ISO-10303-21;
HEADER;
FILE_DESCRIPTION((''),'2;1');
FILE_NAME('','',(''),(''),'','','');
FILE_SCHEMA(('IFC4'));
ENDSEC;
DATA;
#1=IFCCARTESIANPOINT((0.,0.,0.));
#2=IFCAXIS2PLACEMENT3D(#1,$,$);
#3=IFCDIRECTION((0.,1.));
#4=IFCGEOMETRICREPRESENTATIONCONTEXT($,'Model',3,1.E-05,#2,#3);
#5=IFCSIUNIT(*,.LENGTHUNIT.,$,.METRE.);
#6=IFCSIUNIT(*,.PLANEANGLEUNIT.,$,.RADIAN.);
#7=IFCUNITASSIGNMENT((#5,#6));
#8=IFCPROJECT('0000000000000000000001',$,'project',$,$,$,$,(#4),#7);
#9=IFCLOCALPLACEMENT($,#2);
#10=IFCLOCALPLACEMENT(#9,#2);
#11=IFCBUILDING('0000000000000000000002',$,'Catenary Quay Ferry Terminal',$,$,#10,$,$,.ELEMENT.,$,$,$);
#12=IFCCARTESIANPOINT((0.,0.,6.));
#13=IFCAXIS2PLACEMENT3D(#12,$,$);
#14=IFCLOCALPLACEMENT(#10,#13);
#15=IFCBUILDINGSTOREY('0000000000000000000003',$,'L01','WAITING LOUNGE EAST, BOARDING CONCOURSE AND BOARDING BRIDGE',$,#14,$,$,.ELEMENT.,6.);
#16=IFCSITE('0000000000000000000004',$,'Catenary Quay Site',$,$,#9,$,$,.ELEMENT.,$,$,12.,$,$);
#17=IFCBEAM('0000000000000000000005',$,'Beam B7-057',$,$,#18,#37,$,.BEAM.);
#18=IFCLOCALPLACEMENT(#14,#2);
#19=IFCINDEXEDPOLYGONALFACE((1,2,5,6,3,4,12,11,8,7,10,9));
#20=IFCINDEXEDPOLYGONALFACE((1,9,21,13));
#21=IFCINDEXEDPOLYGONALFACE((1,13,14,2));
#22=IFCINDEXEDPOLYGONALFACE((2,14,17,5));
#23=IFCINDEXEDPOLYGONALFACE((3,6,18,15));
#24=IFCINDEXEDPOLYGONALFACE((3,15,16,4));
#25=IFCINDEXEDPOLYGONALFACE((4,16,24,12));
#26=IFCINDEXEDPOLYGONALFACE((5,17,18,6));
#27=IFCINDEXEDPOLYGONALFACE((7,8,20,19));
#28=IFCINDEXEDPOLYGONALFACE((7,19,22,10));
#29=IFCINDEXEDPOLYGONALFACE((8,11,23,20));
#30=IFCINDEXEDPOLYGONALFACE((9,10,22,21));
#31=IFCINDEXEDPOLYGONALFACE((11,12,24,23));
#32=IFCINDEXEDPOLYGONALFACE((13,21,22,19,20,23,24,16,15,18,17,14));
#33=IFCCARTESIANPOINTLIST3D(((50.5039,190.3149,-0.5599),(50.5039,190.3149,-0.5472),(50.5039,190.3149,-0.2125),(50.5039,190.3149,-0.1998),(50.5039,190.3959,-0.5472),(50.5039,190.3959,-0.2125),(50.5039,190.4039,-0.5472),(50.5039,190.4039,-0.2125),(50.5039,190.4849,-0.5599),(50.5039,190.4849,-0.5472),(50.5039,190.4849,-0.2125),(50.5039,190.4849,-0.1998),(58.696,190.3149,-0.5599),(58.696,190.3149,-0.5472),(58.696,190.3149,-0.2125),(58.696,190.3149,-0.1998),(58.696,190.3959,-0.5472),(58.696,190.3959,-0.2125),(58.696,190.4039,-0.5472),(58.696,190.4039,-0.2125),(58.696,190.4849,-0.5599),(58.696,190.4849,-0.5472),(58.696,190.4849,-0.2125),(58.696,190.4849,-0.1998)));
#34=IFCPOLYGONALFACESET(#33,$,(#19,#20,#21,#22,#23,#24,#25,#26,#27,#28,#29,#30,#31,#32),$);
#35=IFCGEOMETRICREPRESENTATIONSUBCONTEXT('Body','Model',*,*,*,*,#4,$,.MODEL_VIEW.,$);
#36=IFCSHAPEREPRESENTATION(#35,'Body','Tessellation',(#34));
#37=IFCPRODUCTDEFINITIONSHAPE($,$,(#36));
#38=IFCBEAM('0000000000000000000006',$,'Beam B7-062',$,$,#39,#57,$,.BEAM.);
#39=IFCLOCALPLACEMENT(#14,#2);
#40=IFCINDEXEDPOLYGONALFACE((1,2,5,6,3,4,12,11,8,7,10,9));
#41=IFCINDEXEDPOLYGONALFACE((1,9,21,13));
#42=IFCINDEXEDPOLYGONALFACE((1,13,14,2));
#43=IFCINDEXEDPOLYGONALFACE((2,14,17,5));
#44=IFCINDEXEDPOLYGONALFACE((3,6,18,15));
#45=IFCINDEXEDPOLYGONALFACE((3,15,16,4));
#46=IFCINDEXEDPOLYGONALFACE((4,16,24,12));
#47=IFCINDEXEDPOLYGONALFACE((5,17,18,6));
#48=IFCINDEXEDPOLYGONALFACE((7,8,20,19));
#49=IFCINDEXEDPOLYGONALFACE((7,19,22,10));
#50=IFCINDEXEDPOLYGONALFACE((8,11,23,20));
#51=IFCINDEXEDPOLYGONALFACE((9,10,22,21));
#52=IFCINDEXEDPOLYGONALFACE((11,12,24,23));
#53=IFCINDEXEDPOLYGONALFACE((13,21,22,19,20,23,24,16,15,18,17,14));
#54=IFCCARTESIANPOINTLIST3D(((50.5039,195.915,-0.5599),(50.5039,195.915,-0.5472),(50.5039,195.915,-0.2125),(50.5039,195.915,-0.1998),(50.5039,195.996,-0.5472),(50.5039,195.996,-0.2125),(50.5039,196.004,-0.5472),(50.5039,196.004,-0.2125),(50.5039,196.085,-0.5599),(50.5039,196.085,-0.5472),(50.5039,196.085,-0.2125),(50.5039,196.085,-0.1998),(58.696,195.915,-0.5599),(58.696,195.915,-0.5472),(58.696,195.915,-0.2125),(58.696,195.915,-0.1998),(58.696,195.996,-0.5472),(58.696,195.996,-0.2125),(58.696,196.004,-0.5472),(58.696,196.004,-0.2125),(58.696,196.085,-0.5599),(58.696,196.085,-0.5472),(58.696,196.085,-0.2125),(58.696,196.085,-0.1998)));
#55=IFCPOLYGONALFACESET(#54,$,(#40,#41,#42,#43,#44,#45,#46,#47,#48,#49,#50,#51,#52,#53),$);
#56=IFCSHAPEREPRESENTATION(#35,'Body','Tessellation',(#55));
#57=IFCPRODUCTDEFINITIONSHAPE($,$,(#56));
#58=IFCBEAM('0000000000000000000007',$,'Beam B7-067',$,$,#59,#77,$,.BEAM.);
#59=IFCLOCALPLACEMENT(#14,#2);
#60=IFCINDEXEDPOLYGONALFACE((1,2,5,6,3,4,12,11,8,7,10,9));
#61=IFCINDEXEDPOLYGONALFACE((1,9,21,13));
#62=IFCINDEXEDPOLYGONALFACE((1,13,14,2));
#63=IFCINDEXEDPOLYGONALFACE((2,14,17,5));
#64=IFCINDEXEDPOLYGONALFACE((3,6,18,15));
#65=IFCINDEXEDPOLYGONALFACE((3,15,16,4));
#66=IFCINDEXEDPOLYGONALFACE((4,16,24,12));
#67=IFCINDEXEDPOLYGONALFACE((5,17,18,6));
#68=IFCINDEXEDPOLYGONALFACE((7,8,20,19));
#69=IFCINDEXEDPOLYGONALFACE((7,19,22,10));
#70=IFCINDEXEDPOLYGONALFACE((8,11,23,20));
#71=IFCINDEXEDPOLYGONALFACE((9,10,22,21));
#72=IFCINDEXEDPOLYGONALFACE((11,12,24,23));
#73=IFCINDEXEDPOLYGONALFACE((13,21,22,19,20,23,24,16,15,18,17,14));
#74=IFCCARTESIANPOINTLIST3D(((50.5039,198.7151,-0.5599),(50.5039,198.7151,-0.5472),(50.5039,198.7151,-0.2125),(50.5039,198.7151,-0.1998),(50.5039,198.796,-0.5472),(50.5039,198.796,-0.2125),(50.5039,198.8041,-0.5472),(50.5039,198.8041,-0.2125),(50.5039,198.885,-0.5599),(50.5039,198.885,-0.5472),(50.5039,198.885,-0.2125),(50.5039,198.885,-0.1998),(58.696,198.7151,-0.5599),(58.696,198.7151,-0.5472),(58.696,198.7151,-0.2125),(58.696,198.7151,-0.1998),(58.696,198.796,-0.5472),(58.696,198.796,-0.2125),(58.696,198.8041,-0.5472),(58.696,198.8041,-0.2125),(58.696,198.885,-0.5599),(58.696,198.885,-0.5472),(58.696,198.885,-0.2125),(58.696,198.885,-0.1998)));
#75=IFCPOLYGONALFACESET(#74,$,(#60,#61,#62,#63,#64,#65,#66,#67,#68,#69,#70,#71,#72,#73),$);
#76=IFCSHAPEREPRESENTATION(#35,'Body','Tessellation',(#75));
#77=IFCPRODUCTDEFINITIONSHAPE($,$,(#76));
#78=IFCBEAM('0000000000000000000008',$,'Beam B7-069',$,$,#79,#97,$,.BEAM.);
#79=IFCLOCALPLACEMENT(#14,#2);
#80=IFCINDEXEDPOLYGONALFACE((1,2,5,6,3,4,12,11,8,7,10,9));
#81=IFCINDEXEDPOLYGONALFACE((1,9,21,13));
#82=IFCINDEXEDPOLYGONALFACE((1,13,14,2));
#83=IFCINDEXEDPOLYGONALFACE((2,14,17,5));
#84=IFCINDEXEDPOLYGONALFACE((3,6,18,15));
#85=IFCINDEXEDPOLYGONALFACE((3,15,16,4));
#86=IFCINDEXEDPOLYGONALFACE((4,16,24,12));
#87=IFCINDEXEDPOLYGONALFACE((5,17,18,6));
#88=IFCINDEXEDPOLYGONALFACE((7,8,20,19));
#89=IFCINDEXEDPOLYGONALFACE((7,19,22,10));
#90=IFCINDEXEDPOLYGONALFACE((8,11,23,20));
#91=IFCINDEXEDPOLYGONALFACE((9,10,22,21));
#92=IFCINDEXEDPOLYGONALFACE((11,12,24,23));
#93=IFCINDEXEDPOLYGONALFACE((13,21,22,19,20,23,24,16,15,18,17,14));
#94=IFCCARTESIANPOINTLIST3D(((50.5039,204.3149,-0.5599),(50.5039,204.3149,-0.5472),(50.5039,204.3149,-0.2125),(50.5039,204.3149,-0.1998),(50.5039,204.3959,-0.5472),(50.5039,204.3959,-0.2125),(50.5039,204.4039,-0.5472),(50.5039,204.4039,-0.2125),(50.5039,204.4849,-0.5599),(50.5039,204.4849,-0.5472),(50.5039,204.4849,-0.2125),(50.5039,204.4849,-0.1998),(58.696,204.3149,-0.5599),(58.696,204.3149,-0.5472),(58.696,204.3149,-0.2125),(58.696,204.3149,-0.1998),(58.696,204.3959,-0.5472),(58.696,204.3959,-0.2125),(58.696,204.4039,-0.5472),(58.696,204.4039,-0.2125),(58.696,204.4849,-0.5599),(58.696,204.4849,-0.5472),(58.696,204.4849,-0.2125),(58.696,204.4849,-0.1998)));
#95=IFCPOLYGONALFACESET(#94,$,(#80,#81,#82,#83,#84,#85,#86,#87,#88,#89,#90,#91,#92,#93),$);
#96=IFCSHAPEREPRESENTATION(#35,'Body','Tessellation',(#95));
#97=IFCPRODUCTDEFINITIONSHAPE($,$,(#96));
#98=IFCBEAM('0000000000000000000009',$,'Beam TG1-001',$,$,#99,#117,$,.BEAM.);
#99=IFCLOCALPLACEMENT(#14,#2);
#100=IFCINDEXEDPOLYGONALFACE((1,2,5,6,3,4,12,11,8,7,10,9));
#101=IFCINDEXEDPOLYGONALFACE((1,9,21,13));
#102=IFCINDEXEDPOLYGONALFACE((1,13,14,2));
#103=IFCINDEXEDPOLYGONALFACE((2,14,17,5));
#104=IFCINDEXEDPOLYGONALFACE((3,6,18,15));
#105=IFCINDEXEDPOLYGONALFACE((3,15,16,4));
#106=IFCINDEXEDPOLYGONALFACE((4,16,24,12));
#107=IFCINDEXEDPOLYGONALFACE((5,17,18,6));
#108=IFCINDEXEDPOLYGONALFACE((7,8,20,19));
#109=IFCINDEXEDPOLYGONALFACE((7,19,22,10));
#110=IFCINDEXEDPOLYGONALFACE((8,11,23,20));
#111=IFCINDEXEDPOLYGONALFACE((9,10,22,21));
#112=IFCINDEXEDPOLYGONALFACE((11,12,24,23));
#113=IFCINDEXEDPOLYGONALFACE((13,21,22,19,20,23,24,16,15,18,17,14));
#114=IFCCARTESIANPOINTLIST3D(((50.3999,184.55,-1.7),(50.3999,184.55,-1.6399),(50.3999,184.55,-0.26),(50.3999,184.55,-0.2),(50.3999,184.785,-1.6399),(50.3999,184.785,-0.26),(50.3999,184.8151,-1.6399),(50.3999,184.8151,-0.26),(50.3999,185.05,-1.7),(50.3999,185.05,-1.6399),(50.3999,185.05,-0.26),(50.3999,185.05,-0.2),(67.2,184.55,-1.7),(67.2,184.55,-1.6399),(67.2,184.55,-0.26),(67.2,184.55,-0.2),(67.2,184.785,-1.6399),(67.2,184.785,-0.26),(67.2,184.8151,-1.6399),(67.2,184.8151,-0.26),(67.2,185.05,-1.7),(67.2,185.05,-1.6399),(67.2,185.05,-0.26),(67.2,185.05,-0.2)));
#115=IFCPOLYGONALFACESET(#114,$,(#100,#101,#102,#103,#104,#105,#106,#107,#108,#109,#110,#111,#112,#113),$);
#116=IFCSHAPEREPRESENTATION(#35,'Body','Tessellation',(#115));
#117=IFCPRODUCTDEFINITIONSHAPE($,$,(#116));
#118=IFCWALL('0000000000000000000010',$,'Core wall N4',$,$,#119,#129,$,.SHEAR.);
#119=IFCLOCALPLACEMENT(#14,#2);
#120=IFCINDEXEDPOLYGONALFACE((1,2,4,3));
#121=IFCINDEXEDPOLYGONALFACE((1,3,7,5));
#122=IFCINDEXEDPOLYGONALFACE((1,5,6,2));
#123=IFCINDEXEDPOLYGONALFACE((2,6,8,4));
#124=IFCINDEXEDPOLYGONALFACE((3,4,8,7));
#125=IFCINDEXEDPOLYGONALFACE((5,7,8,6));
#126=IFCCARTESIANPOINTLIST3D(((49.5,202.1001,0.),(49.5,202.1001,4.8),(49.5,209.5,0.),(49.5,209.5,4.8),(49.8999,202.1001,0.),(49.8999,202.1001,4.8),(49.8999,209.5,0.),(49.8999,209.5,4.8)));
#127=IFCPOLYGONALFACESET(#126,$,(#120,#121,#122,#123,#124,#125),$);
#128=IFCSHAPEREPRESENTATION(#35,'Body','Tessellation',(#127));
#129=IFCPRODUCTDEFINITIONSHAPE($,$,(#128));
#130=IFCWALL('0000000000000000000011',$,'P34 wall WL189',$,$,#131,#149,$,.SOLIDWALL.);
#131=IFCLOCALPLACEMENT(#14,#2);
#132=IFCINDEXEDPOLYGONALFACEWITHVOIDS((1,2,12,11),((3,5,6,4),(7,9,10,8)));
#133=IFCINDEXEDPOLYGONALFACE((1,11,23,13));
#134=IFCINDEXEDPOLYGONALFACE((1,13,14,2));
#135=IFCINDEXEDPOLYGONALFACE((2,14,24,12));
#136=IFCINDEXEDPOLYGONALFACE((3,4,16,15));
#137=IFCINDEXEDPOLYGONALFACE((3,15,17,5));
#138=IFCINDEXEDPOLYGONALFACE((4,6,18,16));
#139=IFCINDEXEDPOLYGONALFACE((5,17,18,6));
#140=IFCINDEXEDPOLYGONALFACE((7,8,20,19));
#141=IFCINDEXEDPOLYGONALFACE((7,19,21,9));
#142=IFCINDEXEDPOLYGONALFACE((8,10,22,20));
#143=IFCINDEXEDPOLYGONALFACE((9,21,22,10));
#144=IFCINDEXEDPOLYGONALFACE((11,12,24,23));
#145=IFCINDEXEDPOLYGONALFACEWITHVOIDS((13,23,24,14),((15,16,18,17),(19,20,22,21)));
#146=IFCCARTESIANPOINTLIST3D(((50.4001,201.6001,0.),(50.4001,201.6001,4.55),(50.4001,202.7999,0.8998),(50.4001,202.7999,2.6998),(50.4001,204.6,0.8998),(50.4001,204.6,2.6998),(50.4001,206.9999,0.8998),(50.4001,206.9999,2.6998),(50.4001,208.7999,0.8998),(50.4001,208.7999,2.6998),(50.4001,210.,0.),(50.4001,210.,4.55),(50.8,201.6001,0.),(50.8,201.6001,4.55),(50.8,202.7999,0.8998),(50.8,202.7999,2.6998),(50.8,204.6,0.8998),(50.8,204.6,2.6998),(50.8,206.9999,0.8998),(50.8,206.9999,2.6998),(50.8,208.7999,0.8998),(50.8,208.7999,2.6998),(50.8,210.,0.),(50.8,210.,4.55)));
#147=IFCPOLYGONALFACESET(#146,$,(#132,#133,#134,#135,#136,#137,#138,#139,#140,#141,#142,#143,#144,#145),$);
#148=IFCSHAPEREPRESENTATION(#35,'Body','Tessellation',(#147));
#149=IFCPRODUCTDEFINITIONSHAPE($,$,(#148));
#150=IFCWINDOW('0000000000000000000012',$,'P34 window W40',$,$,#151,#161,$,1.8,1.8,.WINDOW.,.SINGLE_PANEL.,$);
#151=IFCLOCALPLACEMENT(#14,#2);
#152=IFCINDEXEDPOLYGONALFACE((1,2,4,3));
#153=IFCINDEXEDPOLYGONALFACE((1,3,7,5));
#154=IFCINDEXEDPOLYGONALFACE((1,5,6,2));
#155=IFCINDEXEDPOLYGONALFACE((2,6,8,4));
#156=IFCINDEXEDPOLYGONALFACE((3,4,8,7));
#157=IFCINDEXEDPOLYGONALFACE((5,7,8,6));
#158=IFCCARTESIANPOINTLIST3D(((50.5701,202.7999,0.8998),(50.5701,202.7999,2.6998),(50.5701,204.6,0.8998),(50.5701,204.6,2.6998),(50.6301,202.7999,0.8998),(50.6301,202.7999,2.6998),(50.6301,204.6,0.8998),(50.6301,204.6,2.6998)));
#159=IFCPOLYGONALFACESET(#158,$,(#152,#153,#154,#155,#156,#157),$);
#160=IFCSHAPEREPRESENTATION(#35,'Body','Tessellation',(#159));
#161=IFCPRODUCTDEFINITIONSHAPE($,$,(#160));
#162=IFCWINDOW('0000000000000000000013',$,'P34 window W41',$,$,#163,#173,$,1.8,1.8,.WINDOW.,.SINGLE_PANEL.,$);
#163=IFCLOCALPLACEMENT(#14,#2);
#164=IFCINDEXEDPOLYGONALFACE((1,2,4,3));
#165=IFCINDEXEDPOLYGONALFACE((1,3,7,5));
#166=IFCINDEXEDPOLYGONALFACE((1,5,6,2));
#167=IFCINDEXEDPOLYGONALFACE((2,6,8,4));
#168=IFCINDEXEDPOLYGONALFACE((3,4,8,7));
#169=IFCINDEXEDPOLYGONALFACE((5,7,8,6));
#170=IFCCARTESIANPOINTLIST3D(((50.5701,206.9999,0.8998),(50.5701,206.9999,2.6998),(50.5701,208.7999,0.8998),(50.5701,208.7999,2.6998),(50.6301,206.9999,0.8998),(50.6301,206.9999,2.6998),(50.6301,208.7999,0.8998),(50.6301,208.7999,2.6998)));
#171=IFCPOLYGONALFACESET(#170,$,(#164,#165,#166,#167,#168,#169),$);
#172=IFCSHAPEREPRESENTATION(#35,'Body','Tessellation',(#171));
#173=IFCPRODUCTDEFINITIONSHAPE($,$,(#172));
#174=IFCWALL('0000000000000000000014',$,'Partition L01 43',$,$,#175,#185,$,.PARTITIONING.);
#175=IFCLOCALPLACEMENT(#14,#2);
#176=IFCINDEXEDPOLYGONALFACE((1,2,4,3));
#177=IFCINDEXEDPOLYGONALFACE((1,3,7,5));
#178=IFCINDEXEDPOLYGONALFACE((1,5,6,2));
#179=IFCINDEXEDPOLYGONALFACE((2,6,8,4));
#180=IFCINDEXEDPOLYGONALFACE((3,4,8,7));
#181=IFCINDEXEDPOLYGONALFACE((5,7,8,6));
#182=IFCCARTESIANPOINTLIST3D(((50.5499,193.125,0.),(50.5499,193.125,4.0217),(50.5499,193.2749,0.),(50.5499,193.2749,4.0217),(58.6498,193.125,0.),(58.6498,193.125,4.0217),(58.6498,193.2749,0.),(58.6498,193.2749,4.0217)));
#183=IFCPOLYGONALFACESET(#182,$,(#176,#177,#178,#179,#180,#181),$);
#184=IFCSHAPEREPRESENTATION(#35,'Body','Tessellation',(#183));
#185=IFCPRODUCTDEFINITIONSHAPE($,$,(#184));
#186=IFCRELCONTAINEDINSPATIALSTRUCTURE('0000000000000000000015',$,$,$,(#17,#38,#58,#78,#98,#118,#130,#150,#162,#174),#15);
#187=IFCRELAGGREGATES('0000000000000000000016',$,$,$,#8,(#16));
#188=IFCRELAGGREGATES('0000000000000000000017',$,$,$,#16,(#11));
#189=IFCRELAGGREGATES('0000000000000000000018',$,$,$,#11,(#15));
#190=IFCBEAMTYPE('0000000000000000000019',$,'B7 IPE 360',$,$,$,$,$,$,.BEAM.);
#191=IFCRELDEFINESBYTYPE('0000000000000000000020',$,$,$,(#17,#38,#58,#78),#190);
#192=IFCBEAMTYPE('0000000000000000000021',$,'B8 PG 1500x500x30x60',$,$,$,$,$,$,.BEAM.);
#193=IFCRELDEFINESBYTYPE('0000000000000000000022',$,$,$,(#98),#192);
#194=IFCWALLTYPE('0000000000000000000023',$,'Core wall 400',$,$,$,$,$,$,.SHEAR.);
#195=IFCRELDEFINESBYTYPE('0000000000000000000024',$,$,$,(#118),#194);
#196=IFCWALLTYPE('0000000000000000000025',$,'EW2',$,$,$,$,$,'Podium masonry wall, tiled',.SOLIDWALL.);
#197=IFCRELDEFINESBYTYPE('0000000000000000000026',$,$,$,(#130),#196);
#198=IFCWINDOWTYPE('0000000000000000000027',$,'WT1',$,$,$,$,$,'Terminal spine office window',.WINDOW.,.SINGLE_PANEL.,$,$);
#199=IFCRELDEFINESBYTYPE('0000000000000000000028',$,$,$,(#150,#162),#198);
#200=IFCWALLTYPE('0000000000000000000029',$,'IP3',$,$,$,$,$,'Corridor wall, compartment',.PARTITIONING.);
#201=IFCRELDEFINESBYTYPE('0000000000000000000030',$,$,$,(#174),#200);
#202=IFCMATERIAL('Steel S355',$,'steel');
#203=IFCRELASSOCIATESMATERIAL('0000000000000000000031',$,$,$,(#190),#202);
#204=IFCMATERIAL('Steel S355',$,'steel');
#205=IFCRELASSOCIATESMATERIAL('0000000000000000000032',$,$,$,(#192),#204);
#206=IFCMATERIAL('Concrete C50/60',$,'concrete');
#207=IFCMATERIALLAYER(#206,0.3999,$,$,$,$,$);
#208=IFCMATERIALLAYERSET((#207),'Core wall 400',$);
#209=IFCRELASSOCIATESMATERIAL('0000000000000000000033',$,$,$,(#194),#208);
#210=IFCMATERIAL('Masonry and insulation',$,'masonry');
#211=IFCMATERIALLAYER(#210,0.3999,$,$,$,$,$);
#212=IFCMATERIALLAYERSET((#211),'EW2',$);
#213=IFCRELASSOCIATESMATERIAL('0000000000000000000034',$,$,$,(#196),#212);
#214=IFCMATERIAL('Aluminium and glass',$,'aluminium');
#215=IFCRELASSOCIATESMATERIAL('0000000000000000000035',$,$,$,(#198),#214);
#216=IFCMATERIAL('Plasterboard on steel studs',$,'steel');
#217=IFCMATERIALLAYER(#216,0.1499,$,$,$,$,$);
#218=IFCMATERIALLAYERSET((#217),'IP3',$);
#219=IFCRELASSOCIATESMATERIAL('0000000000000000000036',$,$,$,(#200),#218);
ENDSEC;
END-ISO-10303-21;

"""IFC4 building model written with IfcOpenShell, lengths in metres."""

from ifc_helpers import new_model, si_unit, direction, frame, frame_2d, origin, origin_2d, place, context, subcontext, project, spatial, rectangle, i_section, extrude, material, layer, layer_set, material_profile, profile_set, type_object, element, fill, save


model = new_model("IFC4")

# Units and contexts
model_context = context("Model", 3, precision=1e-05, world=origin(), true_north=direction((0.0, 1.0)))
body_context = subcontext(model_context, "Body", "Model", "MODEL_VIEW")
ifc_project = project(units=[si_unit("LENGTHUNIT", "METRE"), si_unit("PLANEANGLEUNIT", "RADIAN")], contexts=[model_context])

# Site, building, storey
site_placement = place(None, origin())
site = spatial("IfcSite", under=ifc_project, at=site_placement, Name="Catenary Quay Site", CompositionType="ELEMENT", RefElevation=12.0)
building_placement = place(site_placement, origin())
building = spatial("IfcBuilding", under=site, at=building_placement, Name="Catenary Quay Ferry Terminal", CompositionType="ELEMENT")
storey_placement = place(building_placement, frame((0.0, 0.0, 6.0)))
storey = spatial("IfcBuildingStorey", under=building, at=storey_placement, Name="L01", Description="WAITING LOUNGE EAST, BOARDING CONCOURSE AND BOARDING BRIDGE", CompositionType="ELEMENT", Elevation=6.0)

# Beams
ifc_material_1 = material(Name="Steel S355", Category="steel")
ifc_material_profile_1 = material_profile(ifc_material_1, i_section(OverallWidth=0.1699, OverallDepth=0.3601, WebThickness=0.0081, FlangeThickness=0.0127, at=origin_2d()), Name="IPE 360")
ifc_profile_set_1 = profile_set([ifc_material_profile_1], Name="Steel S355")
beam_type_1 = type_object("IfcBeamType", Name="B7 IPE 360", PredefinedType="BEAM", material=ifc_profile_set_1)
for number, where, z_axis, x_axis, name in (
    (1, (50.5039, 190.3999, -0.3799), (1.0, 0.0, 0.0), (0.0, 1.0, 0.0), "Beam B7-057"),
    (2, (50.5039, 196.0, -0.3799), (1.0, 0.0, 0.0), (0.0, 1.0, 0.0), "Beam B7-062"),
    (3, (50.5039, 198.8, -0.3799), (1.0, 0.0, 0.0), (0.0, 1.0, 0.0), "Beam B7-067"),
    (4, (50.5039, 204.3999, -0.3799), (1.0, 0.0, 0.0), (0.0, 1.0, 0.0), "Beam B7-069"),
):
    element("IfcBeam", number, at=place(storey_placement, frame(where, z_axis=z_axis, x_axis=x_axis)), inside=storey, type_object=beam_type_1, Name=name, PredefinedType="BEAM", context=body_context, shape_type="SweptSolid", body=[
        extrude(i_section(OverallWidth=0.1699, OverallDepth=0.3601, WebThickness=0.0081, FlangeThickness=0.0127, at=origin_2d()), origin(), (0.0, 0.0, 1.0), 8.1921),
    ])
ifc_material_2 = material(Name="Steel S355", Category="steel")
ifc_material_profile_2 = material_profile(ifc_material_2, i_section(OverallWidth=0.5, OverallDepth=1.5, WebThickness=0.03, FlangeThickness=0.0601, at=origin_2d()), Name="PG 1500x500x30x60")
ifc_profile_set_2 = profile_set([ifc_material_profile_2], Name="Steel S355")
beam_type_2 = type_object("IfcBeamType", Name="B8 PG 1500x500x30x60", PredefinedType="BEAM", material=ifc_profile_set_2)
beam_1_placement = place(storey_placement, frame((50.3999, 184.8, -0.95), z_axis=(1.0, 0.0, 0.0), x_axis=(0.0, 1.0, 0.0)))
element("IfcBeam", 5, at=beam_1_placement, inside=storey, type_object=beam_type_2, Name="Beam TG1-001", PredefinedType="BEAM", context=body_context, shape_type="SweptSolid", body=[
    extrude(i_section(OverallWidth=0.5, OverallDepth=1.5, WebThickness=0.03, FlangeThickness=0.0601, at=origin_2d()), origin(), (0.0, 0.0, 1.0), 16.8),
])

# Wall
ifc_material_3 = material(Name="Concrete C50/60", Category="concrete")
ifc_layer_1 = layer(ifc_material_3, 0.3999)
ifc_layer_set_1 = layer_set([ifc_layer_1], Name="Core wall 400")
wall_type_1 = type_object("IfcWallType", Name="Core wall 400", PredefinedType="SHEAR", material=ifc_layer_set_1)
wall_1_placement = place(storey_placement, frame((49.7, 202.1001, 0.0), z_axis=(0.0, 0.0, 1.0), x_axis=(0.0, 1.0, 0.0)))
element("IfcWall", 6, at=wall_1_placement, inside=storey, type_object=wall_type_1, Name="Core wall N4", PredefinedType="SHEAR", context=body_context, shape_type="SweptSolid", body=[
    extrude(rectangle(XDim=7.3999, YDim=0.3999, at=frame_2d((3.7, 0.0))), origin(), (0.0, 0.0, 1.0), 4.8),
])

# Wall, openings, windows
ifc_material_4 = material(Name="Masonry and insulation", Category="masonry")
ifc_layer_2 = layer(ifc_material_4, 0.3999)
ifc_layer_set_2 = layer_set([ifc_layer_2], Name="EW2")
wall_type_2 = type_object("IfcWallType", Name="EW2", ElementType="Podium masonry wall, tiled", PredefinedType="SOLIDWALL", material=ifc_layer_set_2)
wall_2_placement = place(storey_placement, frame((50.6001, 201.6001, 0.0), z_axis=(0.0, 0.0, 1.0), x_axis=(0.0, 1.0, 0.0)))
wall_2 = element("IfcWall", 7, at=wall_2_placement, inside=storey, type_object=wall_type_2, Name="P34 wall WL189", PredefinedType="SOLIDWALL", context=body_context, shape_type="SweptSolid", body=[
    extrude(rectangle(XDim=8.3999, YDim=0.3999, at=frame_2d((4.2, 0.0))), origin(), (0.0, 0.0, 1.0), 4.55),
])
opening_1_placement = place(wall_2_placement, frame((1.2, 0.0, 0.8999)))
opening_1 = element("IfcOpeningElement", 8, at=opening_1_placement, cuts=wall_2, PredefinedType="OPENING", context=body_context, shape_type="SweptSolid", body=[
    extrude(rectangle(XDim=1.8, YDim=1.8, at=frame_2d((0.8999, 0.8999))), frame((0.0, 0.21, 0.0), z_axis=(0.0, -1.0, 0.0), x_axis=(1.0, 0.0, 0.0)), (0.0, 0.0, 1.0), 0.4199),
])
opening_2_placement = place(wall_2_placement, frame((5.3999, 0.0, 0.8999)))
opening_2 = element("IfcOpeningElement", 9, at=opening_2_placement, cuts=wall_2, PredefinedType="OPENING", context=body_context, shape_type="SweptSolid", body=[
    extrude(rectangle(XDim=1.8, YDim=1.8, at=frame_2d((0.8999, 0.8999))), frame((0.0, 0.21, 0.0), z_axis=(0.0, -1.0, 0.0), x_axis=(1.0, 0.0, 0.0)), (0.0, 0.0, 1.0), 0.4199),
])
ifc_material_5 = material(Name="Aluminium and glass", Category="aluminium")
window_type = type_object("IfcWindowType", Name="WT1", ElementType="Terminal spine office window", PartitioningType="SINGLE_PANEL", PredefinedType="WINDOW", material=ifc_material_5)
window_1_placement = place(opening_1_placement, origin())
window_1 = element("IfcWindow", 10, at=window_1_placement, inside=storey, type_object=window_type, Name="P34 window W40", OverallHeight=1.8, OverallWidth=1.8, PartitioningType="SINGLE_PANEL", PredefinedType="WINDOW", context=body_context, shape_type="SweptSolid", body=[
    extrude(rectangle(XDim=1.8, YDim=1.8, at=frame_2d((0.8999, 0.8999))), frame((0.0, 0.03, 0.0), z_axis=(0.0, -1.0, 0.0), x_axis=(1.0, 0.0, 0.0)), (0.0, 0.0, 1.0), 0.0601),
])
fill(opening_1, window_1)
window_2_placement = place(opening_2_placement, origin())
window_2 = element("IfcWindow", 11, at=window_2_placement, inside=storey, type_object=window_type, Name="P34 window W41", OverallHeight=1.8, OverallWidth=1.8, PartitioningType="SINGLE_PANEL", PredefinedType="WINDOW", context=body_context, shape_type="SweptSolid", body=[
    extrude(rectangle(XDim=1.8, YDim=1.8, at=frame_2d((0.8999, 0.8999))), frame((0.0, 0.03, 0.0), z_axis=(0.0, -1.0, 0.0), x_axis=(1.0, 0.0, 0.0)), (0.0, 0.0, 1.0), 0.0601),
])
fill(opening_2, window_2)

# Wall
ifc_material_6 = material(Name="Plasterboard on steel studs", Category="steel")
ifc_layer_3 = layer(ifc_material_6, 0.1499)
ifc_layer_set_3 = layer_set([ifc_layer_3], Name="IP3")
wall_type_3 = type_object("IfcWallType", Name="IP3", ElementType="Corridor wall, compartment", PredefinedType="PARTITIONING", material=ifc_layer_set_3)
wall_3_placement = place(storey_placement, frame((50.55, 193.2, 0.0), z_axis=(0.0, 0.0, 1.0), x_axis=(1.0, 0.0, 0.0)))
element("IfcWall", 12, at=wall_3_placement, inside=storey, type_object=wall_type_3, Name="Partition L01 43", PredefinedType="PARTITIONING", context=body_context, shape_type="SweptSolid", body=[
    extrude(rectangle(XDim=8.0999, YDim=0.1499, at=frame_2d((4.0498, 0.0))), origin(), (0.0, 0.0, 1.0), 4.0217),
])

save(model, "model.ifc")
